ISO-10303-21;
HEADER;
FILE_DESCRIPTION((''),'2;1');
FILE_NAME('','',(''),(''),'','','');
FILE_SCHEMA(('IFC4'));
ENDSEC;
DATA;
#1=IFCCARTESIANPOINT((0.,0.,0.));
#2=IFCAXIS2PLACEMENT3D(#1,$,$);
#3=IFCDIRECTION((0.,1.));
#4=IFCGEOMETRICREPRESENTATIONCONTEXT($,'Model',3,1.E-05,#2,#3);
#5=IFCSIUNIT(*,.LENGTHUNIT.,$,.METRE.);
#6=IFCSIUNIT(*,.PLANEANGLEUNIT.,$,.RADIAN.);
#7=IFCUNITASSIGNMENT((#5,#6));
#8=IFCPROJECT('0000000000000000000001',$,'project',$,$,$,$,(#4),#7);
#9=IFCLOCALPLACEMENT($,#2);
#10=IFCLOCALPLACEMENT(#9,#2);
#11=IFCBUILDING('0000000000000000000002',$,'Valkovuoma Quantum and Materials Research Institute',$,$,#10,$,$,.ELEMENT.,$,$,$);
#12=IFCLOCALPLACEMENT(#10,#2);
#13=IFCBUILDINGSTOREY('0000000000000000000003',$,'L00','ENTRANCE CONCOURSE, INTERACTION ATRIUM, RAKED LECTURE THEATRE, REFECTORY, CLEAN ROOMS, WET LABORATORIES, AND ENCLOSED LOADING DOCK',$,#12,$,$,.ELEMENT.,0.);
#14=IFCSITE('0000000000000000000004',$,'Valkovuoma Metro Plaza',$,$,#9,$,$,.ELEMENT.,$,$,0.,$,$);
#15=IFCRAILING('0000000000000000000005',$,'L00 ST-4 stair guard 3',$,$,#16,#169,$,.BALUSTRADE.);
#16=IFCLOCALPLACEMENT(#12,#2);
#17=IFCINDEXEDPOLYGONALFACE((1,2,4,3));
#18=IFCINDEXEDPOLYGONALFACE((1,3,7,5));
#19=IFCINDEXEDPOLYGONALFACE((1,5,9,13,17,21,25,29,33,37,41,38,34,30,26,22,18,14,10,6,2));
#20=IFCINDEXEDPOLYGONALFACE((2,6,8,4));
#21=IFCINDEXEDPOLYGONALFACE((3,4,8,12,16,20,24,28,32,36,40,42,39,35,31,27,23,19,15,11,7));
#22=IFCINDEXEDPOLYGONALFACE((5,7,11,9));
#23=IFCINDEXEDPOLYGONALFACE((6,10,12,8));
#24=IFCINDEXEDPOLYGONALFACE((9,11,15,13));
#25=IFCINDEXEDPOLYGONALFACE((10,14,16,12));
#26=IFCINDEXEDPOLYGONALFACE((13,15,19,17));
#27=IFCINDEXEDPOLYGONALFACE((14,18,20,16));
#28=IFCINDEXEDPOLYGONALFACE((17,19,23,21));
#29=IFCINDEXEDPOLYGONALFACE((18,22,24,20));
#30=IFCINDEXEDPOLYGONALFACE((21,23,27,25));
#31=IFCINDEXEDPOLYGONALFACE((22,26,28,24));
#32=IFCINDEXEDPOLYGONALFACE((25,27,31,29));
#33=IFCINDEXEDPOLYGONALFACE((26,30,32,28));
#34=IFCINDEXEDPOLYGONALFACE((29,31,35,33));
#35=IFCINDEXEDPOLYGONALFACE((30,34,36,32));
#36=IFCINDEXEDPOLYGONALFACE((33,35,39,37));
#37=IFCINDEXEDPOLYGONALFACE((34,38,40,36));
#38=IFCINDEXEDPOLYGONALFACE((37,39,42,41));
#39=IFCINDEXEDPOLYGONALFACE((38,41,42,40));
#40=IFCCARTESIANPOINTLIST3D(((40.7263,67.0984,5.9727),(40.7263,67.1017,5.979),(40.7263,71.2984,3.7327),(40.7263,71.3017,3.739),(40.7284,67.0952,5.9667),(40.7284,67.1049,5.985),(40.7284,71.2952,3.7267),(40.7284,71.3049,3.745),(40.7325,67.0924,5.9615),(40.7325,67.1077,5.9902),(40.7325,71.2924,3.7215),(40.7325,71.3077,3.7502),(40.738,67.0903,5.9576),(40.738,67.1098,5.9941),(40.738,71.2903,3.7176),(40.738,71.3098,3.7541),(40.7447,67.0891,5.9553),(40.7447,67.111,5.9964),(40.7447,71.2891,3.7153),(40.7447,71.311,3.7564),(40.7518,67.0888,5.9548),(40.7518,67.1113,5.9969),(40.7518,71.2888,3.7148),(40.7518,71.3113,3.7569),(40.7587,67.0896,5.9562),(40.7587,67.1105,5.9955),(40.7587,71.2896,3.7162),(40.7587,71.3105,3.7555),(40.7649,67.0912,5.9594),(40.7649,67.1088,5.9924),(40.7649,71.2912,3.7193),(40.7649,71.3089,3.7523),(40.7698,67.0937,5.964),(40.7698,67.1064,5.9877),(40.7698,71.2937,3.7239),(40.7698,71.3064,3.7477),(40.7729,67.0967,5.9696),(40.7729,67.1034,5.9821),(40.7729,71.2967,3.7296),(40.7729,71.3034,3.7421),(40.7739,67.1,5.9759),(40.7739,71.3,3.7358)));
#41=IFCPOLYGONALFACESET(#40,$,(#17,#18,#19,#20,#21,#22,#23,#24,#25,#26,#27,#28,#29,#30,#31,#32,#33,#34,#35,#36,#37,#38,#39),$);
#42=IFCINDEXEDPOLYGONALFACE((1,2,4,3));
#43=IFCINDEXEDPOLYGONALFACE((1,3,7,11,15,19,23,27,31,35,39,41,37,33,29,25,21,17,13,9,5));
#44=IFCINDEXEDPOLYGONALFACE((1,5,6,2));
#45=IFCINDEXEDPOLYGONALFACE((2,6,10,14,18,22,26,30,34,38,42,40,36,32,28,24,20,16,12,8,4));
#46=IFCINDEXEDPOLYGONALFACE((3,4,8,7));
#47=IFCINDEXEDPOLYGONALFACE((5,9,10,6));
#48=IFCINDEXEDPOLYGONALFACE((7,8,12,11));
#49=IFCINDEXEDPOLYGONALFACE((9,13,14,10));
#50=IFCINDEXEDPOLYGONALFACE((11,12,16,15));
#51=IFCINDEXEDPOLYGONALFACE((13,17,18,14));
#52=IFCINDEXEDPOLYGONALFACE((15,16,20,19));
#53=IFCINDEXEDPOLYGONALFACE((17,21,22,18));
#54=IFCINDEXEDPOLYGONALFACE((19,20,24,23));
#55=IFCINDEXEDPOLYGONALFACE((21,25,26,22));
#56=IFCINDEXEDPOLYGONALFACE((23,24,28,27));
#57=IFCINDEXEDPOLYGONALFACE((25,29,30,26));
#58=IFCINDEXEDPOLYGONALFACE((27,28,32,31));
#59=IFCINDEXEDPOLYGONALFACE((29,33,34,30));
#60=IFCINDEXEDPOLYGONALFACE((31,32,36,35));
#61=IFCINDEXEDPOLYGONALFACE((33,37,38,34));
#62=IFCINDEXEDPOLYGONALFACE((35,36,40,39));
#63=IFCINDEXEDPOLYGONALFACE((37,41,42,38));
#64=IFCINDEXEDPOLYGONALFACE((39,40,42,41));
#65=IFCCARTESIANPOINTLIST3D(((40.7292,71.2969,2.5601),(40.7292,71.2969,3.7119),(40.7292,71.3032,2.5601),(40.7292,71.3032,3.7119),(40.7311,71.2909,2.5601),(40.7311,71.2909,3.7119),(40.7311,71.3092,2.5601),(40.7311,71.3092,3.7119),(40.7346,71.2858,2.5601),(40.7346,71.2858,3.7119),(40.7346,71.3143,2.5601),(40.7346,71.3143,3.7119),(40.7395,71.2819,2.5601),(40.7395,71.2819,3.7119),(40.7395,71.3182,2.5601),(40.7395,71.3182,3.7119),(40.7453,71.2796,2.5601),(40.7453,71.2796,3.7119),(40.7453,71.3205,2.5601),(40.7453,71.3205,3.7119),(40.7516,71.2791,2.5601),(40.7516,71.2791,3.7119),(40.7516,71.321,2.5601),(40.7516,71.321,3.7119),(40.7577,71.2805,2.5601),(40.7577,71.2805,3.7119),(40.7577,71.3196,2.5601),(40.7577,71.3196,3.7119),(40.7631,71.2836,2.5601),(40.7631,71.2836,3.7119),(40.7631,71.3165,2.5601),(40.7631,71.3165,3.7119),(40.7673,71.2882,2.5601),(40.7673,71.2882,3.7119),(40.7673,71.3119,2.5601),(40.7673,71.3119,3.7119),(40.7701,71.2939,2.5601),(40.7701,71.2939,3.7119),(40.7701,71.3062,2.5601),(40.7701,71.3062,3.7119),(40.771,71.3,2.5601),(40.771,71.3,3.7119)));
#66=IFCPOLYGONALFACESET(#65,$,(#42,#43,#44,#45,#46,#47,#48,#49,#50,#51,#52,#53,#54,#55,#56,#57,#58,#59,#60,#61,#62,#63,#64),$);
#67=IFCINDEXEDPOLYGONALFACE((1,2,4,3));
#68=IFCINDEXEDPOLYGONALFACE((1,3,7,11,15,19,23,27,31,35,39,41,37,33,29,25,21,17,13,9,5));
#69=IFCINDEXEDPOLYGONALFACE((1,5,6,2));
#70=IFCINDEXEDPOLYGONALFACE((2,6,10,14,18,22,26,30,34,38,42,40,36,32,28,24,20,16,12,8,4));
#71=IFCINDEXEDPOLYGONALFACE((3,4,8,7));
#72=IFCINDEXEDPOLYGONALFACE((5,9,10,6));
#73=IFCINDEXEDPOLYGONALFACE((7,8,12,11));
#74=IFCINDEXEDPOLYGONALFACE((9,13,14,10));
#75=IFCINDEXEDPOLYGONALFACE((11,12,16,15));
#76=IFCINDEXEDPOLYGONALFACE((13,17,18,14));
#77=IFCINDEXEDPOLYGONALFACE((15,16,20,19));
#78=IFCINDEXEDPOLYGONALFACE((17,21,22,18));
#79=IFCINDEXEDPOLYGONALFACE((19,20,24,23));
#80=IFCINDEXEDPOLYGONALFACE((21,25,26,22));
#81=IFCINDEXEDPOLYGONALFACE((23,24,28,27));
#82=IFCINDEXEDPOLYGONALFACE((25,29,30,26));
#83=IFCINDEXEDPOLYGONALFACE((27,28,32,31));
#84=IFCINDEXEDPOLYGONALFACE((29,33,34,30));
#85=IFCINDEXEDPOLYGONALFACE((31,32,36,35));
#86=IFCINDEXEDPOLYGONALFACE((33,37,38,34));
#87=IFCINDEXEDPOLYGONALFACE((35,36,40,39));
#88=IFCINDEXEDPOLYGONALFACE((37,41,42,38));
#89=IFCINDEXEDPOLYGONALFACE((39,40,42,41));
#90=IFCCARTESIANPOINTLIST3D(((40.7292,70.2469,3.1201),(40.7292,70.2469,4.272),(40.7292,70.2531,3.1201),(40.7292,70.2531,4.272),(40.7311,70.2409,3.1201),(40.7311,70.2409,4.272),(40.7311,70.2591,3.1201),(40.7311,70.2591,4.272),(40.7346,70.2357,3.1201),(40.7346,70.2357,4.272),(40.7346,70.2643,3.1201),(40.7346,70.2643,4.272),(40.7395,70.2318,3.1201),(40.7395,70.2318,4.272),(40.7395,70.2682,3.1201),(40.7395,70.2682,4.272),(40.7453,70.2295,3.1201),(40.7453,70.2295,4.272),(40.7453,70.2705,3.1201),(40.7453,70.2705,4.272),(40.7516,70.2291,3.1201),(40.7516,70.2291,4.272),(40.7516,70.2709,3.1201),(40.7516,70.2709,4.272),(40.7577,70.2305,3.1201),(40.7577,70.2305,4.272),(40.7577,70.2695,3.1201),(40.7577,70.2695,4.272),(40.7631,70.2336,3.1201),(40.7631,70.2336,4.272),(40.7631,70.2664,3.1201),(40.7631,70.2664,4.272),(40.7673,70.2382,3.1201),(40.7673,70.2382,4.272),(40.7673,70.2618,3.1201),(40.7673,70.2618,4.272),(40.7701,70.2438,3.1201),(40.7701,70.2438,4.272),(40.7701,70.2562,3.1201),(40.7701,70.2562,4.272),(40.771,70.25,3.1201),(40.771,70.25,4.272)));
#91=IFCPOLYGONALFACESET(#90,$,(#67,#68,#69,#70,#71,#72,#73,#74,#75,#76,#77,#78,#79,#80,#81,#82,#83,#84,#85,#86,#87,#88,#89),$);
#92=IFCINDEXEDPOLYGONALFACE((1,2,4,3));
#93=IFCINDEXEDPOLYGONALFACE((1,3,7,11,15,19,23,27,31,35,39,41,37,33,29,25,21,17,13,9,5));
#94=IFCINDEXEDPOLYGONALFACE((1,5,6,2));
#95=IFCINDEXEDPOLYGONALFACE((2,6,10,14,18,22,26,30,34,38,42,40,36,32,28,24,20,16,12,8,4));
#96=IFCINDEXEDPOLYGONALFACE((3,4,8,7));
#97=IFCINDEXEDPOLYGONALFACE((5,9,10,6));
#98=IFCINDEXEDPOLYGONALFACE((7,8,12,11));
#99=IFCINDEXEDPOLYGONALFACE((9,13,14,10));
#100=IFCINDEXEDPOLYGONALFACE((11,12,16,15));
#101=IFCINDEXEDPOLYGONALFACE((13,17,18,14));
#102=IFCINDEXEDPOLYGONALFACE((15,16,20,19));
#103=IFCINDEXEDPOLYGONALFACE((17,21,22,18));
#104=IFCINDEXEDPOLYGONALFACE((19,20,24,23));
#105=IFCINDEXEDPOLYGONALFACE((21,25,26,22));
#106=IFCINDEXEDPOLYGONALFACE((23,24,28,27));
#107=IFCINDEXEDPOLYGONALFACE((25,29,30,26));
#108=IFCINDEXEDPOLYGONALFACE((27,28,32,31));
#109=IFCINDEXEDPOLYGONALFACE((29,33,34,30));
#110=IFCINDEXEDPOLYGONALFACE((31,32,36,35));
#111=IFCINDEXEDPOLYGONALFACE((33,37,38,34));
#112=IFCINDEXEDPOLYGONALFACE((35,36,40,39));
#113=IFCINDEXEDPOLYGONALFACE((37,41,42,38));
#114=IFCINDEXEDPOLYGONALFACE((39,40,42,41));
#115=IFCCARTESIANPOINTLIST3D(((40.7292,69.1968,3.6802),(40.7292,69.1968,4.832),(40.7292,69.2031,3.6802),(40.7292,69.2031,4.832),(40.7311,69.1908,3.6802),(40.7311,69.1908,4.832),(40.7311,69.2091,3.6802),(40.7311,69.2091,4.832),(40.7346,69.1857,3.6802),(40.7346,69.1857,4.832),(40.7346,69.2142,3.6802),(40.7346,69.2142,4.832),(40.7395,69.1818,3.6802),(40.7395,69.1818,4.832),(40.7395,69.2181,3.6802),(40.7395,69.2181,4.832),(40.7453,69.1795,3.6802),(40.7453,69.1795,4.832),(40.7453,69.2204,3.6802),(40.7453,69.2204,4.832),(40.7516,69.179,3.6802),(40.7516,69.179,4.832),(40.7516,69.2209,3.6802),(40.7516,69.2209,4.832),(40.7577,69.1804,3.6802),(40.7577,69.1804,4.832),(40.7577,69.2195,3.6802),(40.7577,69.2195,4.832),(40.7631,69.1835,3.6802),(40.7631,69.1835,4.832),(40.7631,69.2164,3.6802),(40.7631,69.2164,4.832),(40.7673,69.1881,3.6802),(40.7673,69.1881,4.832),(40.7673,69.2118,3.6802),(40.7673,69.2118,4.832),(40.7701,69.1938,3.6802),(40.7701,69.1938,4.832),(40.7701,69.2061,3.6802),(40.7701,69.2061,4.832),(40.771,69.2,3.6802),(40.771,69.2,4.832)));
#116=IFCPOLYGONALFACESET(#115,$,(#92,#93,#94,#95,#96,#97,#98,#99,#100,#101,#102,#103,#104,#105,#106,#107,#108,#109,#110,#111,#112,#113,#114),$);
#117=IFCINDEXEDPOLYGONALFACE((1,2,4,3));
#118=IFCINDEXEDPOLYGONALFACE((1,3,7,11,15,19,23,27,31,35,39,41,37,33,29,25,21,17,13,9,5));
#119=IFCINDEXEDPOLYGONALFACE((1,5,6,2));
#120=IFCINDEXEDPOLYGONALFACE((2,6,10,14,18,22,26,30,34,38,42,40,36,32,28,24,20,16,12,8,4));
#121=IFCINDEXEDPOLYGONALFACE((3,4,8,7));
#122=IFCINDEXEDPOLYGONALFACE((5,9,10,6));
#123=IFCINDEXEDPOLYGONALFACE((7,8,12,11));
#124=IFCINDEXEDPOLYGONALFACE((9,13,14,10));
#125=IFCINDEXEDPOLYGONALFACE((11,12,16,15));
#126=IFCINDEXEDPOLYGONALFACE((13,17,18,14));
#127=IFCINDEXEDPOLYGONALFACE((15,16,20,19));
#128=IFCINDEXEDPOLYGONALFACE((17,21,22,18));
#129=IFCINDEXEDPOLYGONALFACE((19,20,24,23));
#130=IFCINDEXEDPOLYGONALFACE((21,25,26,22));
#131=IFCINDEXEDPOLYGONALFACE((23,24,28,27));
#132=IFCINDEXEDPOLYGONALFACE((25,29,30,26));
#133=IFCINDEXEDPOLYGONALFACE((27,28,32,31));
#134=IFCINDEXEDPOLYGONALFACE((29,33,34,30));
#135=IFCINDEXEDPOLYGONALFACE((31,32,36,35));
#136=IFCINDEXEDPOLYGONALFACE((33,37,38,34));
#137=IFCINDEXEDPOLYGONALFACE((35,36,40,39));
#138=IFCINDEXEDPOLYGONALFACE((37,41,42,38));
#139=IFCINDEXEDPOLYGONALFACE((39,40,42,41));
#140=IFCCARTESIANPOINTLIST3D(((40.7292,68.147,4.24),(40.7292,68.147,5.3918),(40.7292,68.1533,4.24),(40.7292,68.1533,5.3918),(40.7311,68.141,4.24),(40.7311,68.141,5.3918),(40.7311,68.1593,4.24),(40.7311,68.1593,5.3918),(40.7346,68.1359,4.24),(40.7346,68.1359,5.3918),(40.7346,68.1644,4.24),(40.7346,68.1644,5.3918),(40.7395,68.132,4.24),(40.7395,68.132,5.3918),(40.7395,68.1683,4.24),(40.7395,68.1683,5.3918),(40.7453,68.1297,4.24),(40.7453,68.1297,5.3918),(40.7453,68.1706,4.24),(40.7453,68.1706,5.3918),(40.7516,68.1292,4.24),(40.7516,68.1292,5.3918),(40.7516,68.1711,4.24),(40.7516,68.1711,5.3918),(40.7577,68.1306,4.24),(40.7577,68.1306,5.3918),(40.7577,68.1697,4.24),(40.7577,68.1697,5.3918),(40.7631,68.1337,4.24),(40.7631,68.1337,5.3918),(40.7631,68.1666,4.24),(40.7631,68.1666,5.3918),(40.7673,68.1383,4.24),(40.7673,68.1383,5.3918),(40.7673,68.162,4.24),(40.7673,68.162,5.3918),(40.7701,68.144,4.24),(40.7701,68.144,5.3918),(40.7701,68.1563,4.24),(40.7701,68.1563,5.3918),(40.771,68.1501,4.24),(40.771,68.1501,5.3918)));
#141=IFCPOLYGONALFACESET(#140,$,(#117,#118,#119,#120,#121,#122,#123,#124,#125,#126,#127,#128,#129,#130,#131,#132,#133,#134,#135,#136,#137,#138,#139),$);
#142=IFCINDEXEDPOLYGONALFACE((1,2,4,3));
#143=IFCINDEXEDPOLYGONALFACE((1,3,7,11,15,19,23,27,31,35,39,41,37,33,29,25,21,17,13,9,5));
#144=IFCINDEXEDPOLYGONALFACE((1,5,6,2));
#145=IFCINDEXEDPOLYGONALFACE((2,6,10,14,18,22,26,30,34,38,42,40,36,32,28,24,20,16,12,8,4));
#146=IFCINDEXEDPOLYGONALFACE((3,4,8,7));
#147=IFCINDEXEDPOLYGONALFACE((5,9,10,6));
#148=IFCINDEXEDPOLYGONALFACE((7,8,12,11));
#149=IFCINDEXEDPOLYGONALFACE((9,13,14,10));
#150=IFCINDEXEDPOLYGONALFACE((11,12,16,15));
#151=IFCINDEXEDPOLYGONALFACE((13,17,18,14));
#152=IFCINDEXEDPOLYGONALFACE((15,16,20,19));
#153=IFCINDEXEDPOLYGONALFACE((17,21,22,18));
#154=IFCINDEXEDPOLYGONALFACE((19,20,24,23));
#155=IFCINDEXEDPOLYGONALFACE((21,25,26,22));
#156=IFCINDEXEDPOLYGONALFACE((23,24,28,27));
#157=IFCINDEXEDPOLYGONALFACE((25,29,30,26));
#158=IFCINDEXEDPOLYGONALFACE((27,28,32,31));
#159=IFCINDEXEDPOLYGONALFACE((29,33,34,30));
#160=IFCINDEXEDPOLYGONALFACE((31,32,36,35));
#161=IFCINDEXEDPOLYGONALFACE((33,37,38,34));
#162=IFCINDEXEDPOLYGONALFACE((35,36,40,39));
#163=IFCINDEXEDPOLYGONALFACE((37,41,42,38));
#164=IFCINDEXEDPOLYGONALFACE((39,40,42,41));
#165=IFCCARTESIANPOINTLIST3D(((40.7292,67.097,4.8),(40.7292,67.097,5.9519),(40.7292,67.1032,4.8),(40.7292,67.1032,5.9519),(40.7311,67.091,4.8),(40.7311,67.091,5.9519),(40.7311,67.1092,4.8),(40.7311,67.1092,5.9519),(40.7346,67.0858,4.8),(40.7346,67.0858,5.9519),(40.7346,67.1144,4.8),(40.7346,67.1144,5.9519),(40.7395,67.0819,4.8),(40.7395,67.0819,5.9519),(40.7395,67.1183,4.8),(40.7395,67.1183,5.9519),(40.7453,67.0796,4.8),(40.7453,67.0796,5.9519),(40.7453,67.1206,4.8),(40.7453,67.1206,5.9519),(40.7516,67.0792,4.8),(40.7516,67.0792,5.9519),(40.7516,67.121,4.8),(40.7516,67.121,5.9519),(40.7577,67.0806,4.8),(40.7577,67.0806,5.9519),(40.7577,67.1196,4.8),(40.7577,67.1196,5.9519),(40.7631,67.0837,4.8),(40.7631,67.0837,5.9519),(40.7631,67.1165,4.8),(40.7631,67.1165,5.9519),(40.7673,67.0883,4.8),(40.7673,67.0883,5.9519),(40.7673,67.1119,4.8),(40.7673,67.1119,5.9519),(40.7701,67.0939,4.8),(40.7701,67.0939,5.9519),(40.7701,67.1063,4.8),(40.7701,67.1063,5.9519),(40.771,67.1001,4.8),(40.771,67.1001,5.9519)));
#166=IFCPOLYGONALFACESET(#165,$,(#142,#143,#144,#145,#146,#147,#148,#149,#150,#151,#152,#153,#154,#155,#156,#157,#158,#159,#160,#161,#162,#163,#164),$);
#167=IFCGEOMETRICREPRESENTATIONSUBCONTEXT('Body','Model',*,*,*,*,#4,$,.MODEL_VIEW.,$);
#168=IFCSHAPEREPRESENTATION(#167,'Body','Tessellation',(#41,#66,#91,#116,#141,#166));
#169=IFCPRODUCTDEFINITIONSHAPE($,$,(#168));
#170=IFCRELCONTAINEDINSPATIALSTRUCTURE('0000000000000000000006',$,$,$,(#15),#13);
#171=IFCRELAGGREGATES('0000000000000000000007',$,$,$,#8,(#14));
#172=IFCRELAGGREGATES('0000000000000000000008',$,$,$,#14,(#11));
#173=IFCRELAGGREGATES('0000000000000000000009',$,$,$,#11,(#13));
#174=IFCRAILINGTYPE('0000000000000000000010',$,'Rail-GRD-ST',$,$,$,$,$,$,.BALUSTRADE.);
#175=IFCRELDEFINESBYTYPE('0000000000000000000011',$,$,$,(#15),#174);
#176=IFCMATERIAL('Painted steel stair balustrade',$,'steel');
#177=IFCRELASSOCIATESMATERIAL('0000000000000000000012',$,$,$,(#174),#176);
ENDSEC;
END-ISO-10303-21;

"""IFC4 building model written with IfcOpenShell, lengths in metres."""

from ifc_helpers import new_model, si_unit, direction, frame, origin, origin_2d, place, context, subcontext, project, spatial, circle, extrude, material, type_object, element, save


model = new_model("IFC4")

# Units and contexts
model_context = context("Model", 3, precision=1e-05, world=origin(), true_north=direction((0.0, 1.0)))
body_context = subcontext(model_context, "Body", "Model", "MODEL_VIEW")
ifc_project = project(units=[si_unit("LENGTHUNIT", "METRE"), si_unit("PLANEANGLEUNIT", "RADIAN")], contexts=[model_context])

# Site, building, storey
site_placement = place(None, origin())
site = spatial("IfcSite", under=ifc_project, at=site_placement, Name="Valkovuoma Metro Plaza", CompositionType="ELEMENT", RefElevation=0.0)
building_placement = place(site_placement, origin())
building = spatial("IfcBuilding", under=site, at=building_placement, Name="Valkovuoma Quantum and Materials Research Institute", CompositionType="ELEMENT")
storey_placement = place(building_placement, origin())
storey = spatial("IfcBuildingStorey", under=building, at=storey_placement, Name="L00", Description="ENTRANCE CONCOURSE, INTERACTION ATRIUM, RAKED LECTURE THEATRE, REFECTORY, CLEAN ROOMS, WET LABORATORIES, AND ENCLOSED LOADING DOCK", CompositionType="ELEMENT", Elevation=0.0)

# Railing
ifc_material_1 = material(Name="Painted steel stair balustrade", Category="steel")
railing_type_1 = type_object("IfcRailingType", Name="Rail-GRD-ST", PredefinedType="BALUSTRADE", material=ifc_material_1)
railing_1_placement = place(storey_placement, frame((40.75, 71.3, 2.5601)))
element("IfcRailing", 1, at=railing_1_placement, inside=storey, type_object=railing_type_1, Name="L00 ST-4 stair guard 3", PredefinedType="BALUSTRADE", context=body_context, shape_type="SweptSolid", body=[
    extrude(circle(Radius=0.0239, at=origin_2d()), frame((0.0, 0.0, 1.1758), z_axis=(0.0, -0.882352, 0.470591), x_axis=(1.0, 0.0, 0.0)), (0.0, 0.0, 1.0), 4.76),
    extrude(circle(Radius=0.021, at=origin_2d()), origin(), (0.0, 0.0, 1.0), 1.1519),
    extrude(circle(Radius=0.021, at=origin_2d()), frame((0.0, -1.05, 0.5601)), (0.0, 0.0, 1.0), 1.1519),
    extrude(circle(Radius=0.021, at=origin_2d()), frame((0.0, -2.1001, 1.1201)), (0.0, 0.0, 1.0), 1.1519),
    extrude(circle(Radius=0.021, at=origin_2d()), frame((0.0, -3.1499, 1.6799)), (0.0, 0.0, 1.0), 1.1519),
    extrude(circle(Radius=0.021, at=origin_2d()), frame((0.0, -4.2, 2.24)), (0.0, 0.0, 1.0), 1.1519),
])

save(model, "model.ifc")
